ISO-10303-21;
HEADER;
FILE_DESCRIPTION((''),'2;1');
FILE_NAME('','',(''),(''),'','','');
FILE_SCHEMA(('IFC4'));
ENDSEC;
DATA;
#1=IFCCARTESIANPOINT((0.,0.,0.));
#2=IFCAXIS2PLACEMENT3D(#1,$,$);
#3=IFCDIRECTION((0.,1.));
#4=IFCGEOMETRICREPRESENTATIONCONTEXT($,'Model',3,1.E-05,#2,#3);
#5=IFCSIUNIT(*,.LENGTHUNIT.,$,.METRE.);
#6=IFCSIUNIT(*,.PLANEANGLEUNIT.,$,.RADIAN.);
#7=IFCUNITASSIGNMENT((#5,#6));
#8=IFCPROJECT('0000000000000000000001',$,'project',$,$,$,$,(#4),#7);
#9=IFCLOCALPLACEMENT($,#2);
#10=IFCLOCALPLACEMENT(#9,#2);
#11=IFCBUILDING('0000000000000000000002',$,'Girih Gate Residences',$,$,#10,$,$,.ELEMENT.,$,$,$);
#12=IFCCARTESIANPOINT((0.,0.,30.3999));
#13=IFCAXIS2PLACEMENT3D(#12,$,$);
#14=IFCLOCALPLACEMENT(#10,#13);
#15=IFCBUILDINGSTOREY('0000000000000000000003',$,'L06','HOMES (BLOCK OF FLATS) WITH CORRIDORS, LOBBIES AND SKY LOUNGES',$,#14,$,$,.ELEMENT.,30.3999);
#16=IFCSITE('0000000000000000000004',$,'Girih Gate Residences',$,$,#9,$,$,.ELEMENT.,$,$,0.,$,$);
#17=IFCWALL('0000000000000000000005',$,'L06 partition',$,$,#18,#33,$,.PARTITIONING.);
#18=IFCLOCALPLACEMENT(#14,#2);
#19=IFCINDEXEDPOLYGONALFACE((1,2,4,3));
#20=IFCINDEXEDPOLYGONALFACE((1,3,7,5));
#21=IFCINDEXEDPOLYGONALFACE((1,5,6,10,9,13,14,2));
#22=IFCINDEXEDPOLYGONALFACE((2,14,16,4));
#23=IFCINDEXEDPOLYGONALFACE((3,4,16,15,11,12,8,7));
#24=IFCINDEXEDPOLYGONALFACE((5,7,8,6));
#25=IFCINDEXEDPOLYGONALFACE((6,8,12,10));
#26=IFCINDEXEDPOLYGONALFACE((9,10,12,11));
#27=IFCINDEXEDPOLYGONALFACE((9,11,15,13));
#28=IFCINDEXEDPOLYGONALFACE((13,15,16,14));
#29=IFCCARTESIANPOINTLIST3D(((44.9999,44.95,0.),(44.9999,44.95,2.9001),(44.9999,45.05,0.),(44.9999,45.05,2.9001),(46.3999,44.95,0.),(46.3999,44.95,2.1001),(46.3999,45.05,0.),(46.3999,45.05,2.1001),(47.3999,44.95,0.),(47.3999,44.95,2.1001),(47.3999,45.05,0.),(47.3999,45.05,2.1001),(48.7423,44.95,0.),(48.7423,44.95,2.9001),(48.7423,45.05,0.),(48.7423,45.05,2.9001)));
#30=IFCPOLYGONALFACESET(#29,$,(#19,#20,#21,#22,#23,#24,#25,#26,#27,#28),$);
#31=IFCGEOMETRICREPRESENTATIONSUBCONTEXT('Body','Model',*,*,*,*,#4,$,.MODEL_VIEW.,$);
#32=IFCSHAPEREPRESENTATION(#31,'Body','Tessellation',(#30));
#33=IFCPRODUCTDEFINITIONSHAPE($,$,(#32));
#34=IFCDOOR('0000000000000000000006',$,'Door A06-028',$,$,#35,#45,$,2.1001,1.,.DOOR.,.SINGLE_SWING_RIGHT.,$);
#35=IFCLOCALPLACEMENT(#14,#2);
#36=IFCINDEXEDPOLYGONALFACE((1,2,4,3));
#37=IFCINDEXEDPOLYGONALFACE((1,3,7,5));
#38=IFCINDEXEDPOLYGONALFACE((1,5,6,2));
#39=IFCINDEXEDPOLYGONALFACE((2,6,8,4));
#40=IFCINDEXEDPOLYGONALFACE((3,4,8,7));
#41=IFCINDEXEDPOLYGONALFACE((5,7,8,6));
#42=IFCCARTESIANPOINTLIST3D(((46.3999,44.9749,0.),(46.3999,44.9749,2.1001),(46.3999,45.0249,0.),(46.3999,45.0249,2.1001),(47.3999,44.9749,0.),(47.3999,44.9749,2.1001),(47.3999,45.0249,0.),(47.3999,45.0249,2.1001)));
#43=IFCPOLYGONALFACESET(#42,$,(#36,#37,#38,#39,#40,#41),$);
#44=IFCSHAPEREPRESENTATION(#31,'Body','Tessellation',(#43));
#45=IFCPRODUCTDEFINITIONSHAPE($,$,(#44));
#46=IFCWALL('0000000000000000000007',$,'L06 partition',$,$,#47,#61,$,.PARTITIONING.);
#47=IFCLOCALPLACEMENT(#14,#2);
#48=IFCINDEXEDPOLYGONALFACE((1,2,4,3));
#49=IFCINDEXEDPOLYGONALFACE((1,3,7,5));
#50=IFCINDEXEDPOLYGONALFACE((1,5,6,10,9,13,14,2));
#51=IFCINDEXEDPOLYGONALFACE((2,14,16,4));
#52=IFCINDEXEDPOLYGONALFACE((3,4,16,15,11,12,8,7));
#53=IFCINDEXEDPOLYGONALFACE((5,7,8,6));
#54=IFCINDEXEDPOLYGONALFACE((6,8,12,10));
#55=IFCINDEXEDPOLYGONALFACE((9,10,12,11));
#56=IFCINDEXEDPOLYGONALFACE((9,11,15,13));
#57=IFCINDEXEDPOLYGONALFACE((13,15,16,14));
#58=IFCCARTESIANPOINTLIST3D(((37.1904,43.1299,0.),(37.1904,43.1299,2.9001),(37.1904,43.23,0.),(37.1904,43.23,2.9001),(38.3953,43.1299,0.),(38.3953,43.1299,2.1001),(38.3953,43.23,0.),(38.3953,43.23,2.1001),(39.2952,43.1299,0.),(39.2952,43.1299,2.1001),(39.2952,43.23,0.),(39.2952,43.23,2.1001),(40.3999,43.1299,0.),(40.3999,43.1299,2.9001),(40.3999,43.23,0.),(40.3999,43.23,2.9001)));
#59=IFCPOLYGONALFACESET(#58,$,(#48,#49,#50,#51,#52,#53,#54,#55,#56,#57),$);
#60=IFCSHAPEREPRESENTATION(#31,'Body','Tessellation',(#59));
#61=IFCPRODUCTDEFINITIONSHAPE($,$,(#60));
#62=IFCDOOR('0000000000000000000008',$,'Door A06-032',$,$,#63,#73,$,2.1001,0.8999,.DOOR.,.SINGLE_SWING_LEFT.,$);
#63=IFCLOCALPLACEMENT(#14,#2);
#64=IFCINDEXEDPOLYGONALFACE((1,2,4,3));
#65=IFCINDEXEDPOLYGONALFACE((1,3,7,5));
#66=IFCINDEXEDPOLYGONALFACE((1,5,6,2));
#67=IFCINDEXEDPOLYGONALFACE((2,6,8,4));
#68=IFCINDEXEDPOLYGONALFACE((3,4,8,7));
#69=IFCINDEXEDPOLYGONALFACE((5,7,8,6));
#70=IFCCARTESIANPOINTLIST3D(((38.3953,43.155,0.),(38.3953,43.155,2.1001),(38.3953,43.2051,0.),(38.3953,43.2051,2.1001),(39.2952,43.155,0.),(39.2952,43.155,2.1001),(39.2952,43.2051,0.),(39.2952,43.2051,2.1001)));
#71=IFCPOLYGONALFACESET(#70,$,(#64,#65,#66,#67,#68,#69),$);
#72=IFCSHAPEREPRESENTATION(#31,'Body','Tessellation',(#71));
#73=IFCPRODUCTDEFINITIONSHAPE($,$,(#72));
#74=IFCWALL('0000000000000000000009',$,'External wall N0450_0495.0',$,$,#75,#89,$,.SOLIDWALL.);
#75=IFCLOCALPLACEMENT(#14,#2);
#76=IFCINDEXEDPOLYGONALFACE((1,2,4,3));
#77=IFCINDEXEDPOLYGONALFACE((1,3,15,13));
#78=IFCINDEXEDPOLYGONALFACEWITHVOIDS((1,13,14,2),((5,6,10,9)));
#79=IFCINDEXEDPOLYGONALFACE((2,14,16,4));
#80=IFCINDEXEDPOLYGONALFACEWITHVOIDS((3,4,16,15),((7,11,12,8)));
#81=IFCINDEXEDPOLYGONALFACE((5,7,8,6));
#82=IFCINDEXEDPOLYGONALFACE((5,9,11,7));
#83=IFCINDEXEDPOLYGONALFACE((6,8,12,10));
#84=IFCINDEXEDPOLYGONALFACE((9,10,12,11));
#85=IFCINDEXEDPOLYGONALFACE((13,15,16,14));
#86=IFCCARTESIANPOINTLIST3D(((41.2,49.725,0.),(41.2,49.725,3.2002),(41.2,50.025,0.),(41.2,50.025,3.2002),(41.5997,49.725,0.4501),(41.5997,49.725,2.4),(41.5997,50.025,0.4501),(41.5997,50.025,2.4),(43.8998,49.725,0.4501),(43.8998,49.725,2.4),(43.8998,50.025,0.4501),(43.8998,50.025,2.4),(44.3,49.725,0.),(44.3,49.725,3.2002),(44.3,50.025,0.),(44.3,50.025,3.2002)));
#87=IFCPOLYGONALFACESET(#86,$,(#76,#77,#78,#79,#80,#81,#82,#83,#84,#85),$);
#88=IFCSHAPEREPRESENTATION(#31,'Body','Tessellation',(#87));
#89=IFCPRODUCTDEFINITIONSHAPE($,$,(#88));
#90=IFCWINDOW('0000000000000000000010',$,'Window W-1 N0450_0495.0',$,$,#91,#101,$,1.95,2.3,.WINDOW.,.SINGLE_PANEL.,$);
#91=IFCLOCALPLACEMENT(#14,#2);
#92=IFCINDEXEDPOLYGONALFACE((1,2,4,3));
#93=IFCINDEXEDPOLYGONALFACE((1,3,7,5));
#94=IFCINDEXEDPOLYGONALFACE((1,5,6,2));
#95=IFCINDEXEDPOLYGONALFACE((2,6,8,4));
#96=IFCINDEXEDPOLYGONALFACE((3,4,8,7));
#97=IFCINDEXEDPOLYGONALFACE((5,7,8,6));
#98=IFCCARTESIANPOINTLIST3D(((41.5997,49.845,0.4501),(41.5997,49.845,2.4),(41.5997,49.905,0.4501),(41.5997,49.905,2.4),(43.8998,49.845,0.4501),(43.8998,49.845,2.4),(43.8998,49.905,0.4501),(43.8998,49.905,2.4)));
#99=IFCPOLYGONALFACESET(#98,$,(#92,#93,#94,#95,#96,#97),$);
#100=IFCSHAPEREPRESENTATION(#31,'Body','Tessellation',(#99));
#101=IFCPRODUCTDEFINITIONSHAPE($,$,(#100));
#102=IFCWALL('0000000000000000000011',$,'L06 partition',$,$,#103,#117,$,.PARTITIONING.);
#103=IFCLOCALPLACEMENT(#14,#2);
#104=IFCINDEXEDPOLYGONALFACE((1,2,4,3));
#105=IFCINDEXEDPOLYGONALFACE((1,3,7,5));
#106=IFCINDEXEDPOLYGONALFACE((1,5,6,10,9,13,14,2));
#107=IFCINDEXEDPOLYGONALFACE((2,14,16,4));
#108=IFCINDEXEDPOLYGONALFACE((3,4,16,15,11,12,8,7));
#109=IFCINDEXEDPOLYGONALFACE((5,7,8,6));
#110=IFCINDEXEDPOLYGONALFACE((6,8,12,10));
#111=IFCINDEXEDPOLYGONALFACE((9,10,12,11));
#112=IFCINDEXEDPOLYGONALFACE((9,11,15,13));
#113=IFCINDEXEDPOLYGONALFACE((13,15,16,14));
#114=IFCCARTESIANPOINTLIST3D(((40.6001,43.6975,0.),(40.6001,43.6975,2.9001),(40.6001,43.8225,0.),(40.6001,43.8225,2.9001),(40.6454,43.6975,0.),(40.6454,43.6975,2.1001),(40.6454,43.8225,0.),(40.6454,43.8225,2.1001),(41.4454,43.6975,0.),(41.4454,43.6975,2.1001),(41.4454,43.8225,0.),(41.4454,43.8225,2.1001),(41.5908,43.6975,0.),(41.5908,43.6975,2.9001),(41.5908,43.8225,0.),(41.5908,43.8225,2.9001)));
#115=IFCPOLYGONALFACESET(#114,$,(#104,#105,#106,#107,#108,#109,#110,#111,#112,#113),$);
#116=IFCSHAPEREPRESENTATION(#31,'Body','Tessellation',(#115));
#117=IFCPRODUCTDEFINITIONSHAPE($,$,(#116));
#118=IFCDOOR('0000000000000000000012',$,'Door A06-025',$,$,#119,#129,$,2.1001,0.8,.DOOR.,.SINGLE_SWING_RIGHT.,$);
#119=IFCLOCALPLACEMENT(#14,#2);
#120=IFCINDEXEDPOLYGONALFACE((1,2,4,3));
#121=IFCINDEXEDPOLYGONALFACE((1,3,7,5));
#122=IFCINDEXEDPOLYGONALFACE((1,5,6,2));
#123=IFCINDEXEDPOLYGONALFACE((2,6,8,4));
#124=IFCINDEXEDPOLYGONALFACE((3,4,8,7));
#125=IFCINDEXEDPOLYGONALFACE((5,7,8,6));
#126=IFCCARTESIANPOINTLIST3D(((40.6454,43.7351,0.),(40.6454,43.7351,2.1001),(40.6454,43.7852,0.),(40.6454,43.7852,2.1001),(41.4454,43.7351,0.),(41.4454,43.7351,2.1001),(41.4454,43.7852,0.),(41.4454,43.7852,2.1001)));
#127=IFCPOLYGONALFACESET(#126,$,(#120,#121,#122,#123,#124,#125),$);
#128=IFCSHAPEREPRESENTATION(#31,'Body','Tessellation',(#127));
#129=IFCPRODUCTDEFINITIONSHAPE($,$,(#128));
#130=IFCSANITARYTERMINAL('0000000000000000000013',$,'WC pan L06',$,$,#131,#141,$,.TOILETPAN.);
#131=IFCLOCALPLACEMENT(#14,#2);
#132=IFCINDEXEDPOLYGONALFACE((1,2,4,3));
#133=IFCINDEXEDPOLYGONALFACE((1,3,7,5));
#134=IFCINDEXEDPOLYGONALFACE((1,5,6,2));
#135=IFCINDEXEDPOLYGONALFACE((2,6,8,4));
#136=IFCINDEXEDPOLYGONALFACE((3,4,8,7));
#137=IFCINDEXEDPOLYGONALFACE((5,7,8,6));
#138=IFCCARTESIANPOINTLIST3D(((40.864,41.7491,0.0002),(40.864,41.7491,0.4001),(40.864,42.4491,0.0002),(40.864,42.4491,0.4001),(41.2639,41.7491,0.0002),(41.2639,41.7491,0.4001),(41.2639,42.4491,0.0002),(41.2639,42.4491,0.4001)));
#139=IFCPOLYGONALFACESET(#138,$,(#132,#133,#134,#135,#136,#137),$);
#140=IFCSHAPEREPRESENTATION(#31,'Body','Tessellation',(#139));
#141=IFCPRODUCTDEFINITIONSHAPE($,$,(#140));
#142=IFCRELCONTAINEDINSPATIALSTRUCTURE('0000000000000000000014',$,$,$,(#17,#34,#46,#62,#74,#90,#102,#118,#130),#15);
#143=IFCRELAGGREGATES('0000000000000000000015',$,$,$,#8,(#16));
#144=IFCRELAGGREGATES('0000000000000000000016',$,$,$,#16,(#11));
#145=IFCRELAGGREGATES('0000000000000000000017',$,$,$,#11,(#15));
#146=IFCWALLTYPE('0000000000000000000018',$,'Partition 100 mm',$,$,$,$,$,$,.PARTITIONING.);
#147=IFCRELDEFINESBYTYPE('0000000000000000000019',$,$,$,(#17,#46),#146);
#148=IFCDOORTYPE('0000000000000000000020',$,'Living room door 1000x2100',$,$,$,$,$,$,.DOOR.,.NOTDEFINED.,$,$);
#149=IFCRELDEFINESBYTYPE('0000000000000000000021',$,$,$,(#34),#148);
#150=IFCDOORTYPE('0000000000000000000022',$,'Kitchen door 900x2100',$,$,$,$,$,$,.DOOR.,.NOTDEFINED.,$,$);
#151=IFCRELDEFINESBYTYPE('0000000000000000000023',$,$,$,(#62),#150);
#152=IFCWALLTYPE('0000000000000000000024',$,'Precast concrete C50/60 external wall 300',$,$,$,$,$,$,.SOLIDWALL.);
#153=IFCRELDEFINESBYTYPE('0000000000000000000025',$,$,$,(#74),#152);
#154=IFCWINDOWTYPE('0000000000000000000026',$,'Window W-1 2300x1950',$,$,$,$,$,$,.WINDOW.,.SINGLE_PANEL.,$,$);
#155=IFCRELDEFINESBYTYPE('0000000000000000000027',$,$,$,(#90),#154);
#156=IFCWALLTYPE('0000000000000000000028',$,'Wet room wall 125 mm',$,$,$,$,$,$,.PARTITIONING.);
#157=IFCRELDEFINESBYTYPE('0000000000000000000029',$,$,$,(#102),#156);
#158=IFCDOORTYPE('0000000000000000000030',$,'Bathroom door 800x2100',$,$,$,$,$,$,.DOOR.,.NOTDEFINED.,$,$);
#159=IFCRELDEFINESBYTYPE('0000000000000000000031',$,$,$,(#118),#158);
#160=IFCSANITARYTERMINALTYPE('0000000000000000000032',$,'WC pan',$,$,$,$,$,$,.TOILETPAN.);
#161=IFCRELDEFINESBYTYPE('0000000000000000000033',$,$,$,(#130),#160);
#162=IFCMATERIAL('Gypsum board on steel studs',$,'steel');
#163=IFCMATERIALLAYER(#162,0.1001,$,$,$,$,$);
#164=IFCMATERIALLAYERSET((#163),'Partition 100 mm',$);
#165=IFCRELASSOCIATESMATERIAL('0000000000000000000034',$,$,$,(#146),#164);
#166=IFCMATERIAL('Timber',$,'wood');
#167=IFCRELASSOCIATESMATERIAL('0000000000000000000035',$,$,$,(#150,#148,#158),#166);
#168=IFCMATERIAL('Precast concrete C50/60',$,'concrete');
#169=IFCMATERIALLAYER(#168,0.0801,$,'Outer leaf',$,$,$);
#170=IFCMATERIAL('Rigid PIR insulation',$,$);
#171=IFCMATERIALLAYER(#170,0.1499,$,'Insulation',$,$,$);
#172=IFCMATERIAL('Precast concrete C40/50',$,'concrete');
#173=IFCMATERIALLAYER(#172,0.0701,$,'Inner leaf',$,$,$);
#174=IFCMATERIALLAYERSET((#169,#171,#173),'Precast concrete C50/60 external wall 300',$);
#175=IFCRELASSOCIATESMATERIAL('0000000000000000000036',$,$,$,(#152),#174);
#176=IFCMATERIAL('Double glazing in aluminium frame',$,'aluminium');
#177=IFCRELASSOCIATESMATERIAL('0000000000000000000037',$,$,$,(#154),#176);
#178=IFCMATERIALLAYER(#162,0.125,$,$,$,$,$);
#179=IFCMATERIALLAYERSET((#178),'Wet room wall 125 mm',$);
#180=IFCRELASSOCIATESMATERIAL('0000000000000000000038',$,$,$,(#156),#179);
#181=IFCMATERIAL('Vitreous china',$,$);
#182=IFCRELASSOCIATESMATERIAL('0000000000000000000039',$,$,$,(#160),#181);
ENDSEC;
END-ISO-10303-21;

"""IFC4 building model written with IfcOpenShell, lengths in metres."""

from ifc_helpers import new_model, si_unit, direction, frame, frame_2d, origin, origin_2d, place, context, subcontext, project, spatial, rectangle, extrude, material, layer, layer_set, type_object, element, fill, save


model = new_model("IFC4")

# Units and contexts
model_context = context("Model", 3, precision=1e-05, world=origin(), true_north=direction((0.0, 1.0)))
body_context = subcontext(model_context, "Body", "Model", "MODEL_VIEW")
ifc_project = project(units=[si_unit("LENGTHUNIT", "METRE"), si_unit("PLANEANGLEUNIT", "RADIAN")], contexts=[model_context])

# Site, building, storey
site_placement = place(None, origin())
site = spatial("IfcSite", under=ifc_project, at=site_placement, Name="Girih Gate Residences", CompositionType="ELEMENT", RefElevation=0.0)
building_placement = place(site_placement, origin())
building = spatial("IfcBuilding", under=site, at=building_placement, Name="Girih Gate Residences", CompositionType="ELEMENT")
storey_placement = place(building_placement, frame((0.0, 0.0, 30.3999)))
storey = spatial("IfcBuildingStorey", under=building, at=storey_placement, Name="L06", Description="HOMES (BLOCK OF FLATS) WITH CORRIDORS, LOBBIES AND SKY LOUNGES", CompositionType="ELEMENT", Elevation=30.3999)

# Shared definitions
ifc_material_1 = material(Name="Gypsum board on steel studs", Category="steel")
ifc_layer_1 = layer(ifc_material_1, 0.1001)
ifc_layer_set_1 = layer_set([ifc_layer_1], Name="Partition 100 mm")
wall_type_1 = type_object("IfcWallType", Name="Partition 100 mm", PredefinedType="PARTITIONING", material=ifc_layer_set_1)
ifc_material_2 = material(Name="Timber", Category="wood")

# Walls, openings, doors
door_type_1 = type_object("IfcDoorType", Name="Kitchen door 900x2100", OperationType="NOTDEFINED", PredefinedType="DOOR", material=ifc_material_2)
wall_1_placement = place(storey_placement, frame((45.0, 45.0, 0.0), z_axis=(0.0, 0.0, 1.0), x_axis=(1.0, 0.0, 0.0)))
wall_1 = element("IfcWall", 1, at=wall_1_placement, inside=storey, type_object=wall_type_1, Name="L06 partition", PredefinedType="PARTITIONING", context=body_context, shape_type="SweptSolid", body=[
    extrude(rectangle(XDim=3.7424, YDim=0.1001, at=frame_2d((1.8711, 0.0))), origin(), (0.0, 0.0, 1.0), 2.9001),
])
opening_1_placement = place(wall_1_placement, frame((1.3999, 0.0, 0.0)))
opening_1 = element("IfcOpeningElement", 2, at=opening_1_placement, cuts=wall_1, PredefinedType="OPENING", context=body_context, shape_type="SweptSolid", body=[
    extrude(rectangle(XDim=1.0, YDim=2.1001, at=frame_2d((0.5, 1.05))), frame((0.0, 0.0601, 0.0), z_axis=(0.0, -1.0, 0.0), x_axis=(1.0, 0.0, 0.0)), (0.0, 0.0, 1.0), 0.1201),
])
door_type_2 = type_object("IfcDoorType", Name="Living room door 1000x2100", OperationType="NOTDEFINED", PredefinedType="DOOR", material=ifc_material_2)
door_1_placement = place(opening_1_placement, origin())
door_1 = element("IfcDoor", 3, at=door_1_placement, inside=storey, type_object=door_type_2, Name="Door A06-028", OperationType="SINGLE_SWING_RIGHT", OverallHeight=2.1001, OverallWidth=1.0, PredefinedType="DOOR", context=body_context, shape_type="SweptSolid", body=[
    extrude(rectangle(XDim=1.0, YDim=2.1001, at=frame_2d((0.5, 1.05))), frame((0.0, 0.0249, 0.0), z_axis=(0.0, -1.0, 0.0), x_axis=(1.0, 0.0, 0.0)), (0.0, 0.0, 1.0), 0.05),
])
fill(opening_1, door_1)
wall_2_placement = place(storey_placement, frame((40.3999, 43.1799, 0.0), z_axis=(0.0, 0.0, 1.0), x_axis=(-1.0, 0.0, 0.0)))
wall_2 = element("IfcWall", 4, at=wall_2_placement, inside=storey, type_object=wall_type_1, Name="L06 partition", PredefinedType="PARTITIONING", context=body_context, shape_type="SweptSolid", body=[
    extrude(rectangle(XDim=3.2095, YDim=0.1001, at=frame_2d((1.6047, 0.0))), origin(), (0.0, 0.0, 1.0), 2.9001),
])
opening_2_placement = place(wall_2_placement, frame((1.1047, 0.0, 0.0)))
opening_2 = element("IfcOpeningElement", 5, at=opening_2_placement, cuts=wall_2, PredefinedType="OPENING", context=body_context, shape_type="SweptSolid", body=[
    extrude(rectangle(XDim=0.8999, YDim=2.1001, at=frame_2d((0.45, 1.05))), frame((0.0, 0.0601, 0.0), z_axis=(0.0, -1.0, 0.0), x_axis=(1.0, 0.0, 0.0)), (0.0, 0.0, 1.0), 0.1201),
])
door_2_placement = place(opening_2_placement, origin())
door_2 = element("IfcDoor", 6, at=door_2_placement, inside=storey, type_object=door_type_1, Name="Door A06-032", OperationType="SINGLE_SWING_LEFT", OverallHeight=2.1001, OverallWidth=0.8999, PredefinedType="DOOR", context=body_context, shape_type="SweptSolid", body=[
    extrude(rectangle(XDim=0.8999, YDim=2.1001, at=frame_2d((0.45, 1.05))), frame((0.0, 0.0249, 0.0), z_axis=(0.0, -1.0, 0.0), x_axis=(1.0, 0.0, 0.0)), (0.0, 0.0, 1.0), 0.05),
])
fill(opening_2, door_2)

# Wall, opening, window
ifc_material_3 = material(Name="Precast concrete C50/60", Category="concrete")
ifc_layer_2 = layer(ifc_material_3, 0.0801, Name="Outer leaf")
ifc_material_4 = material(Name="Rigid PIR insulation")
ifc_layer_3 = layer(ifc_material_4, 0.1499, Name="Insulation")
ifc_material_5 = material(Name="Precast concrete C40/50", Category="concrete")
ifc_layer_4 = layer(ifc_material_5, 0.0701, Name="Inner leaf")
ifc_layer_set_2 = layer_set([ifc_layer_2, ifc_layer_3, ifc_layer_4], Name="Precast concrete C50/60 external wall 300")
wall_type_2 = type_object("IfcWallType", Name="Precast concrete C50/60 external wall 300", PredefinedType="SOLIDWALL", material=ifc_layer_set_2)
wall_3_placement = place(storey_placement, frame((41.2, 49.875, 0.0), z_axis=(0.0, 0.0, 1.0), x_axis=(1.0, 0.0, 0.0)))
wall_3 = element("IfcWall", 7, at=wall_3_placement, inside=storey, type_object=wall_type_2, Name="External wall N0450_0495.0", PredefinedType="SOLIDWALL", context=body_context, shape_type="SweptSolid", body=[
    extrude(rectangle(XDim=3.1001, YDim=0.3, at=frame_2d((1.55, 0.0))), origin(), (0.0, 0.0, 1.0), 3.2002),
])
opening_3_placement = place(wall_3_placement, frame((0.3999, 0.0, 0.45)))
opening_3 = element("IfcOpeningElement", 8, at=opening_3_placement, cuts=wall_3, PredefinedType="OPENING", context=body_context, shape_type="SweptSolid", body=[
    extrude(rectangle(XDim=2.3, YDim=1.95, at=frame_2d((1.1499, 0.9751))), frame((0.0, 0.1599, 0.0), z_axis=(0.0, -1.0, 0.0), x_axis=(1.0, 0.0, 0.0)), (0.0, 0.0, 1.0), 0.3201),
])
ifc_material_6 = material(Name="Double glazing in aluminium frame", Category="aluminium")
window_type = type_object("IfcWindowType", Name="Window W-1 2300x1950", PartitioningType="SINGLE_PANEL", PredefinedType="WINDOW", material=ifc_material_6)
window_placement = place(opening_3_placement, origin())
window = element("IfcWindow", 9, at=window_placement, inside=storey, type_object=window_type, Name="Window W-1 N0450_0495.0", OverallHeight=1.95, OverallWidth=2.3, PartitioningType="SINGLE_PANEL", PredefinedType="WINDOW", context=body_context, shape_type="SweptSolid", body=[
    extrude(rectangle(XDim=2.3, YDim=1.95, at=frame_2d((1.1499, 0.9751))), frame((0.0, 0.03, 0.0), z_axis=(0.0, -1.0, 0.0), x_axis=(1.0, 0.0, 0.0)), (0.0, 0.0, 1.0), 0.0601),
])
fill(opening_3, window)

# Wall, opening, door
ifc_layer_5 = layer(ifc_material_1, 0.125)
ifc_layer_set_3 = layer_set([ifc_layer_5], Name="Wet room wall 125 mm")
wall_type_3 = type_object("IfcWallType", Name="Wet room wall 125 mm", PredefinedType="PARTITIONING", material=ifc_layer_set_3)
wall_4_placement = place(storey_placement, frame((41.5908, 43.76, 0.0), z_axis=(0.0, 0.0, 1.0), x_axis=(-1.0, 0.0, 0.0)))
wall_4 = element("IfcWall", 10, at=wall_4_placement, inside=storey, type_object=wall_type_3, Name="L06 partition", PredefinedType="PARTITIONING", context=body_context, shape_type="SweptSolid", body=[
    extrude(rectangle(XDim=0.9907, YDim=0.125, at=frame_2d((0.4954, 0.0))), origin(), (0.0, 0.0, 1.0), 2.9001),
])
opening_4_placement = place(wall_4_placement, frame((0.1455, 0.0, 0.0)))
opening_4 = element("IfcOpeningElement", 11, at=opening_4_placement, cuts=wall_4, PredefinedType="OPENING", context=body_context, shape_type="SweptSolid", body=[
    extrude(rectangle(XDim=0.8, YDim=2.1001, at=frame_2d((0.3999, 1.05))), frame((0.0, 0.0725, 0.0), z_axis=(0.0, -1.0, 0.0), x_axis=(1.0, 0.0, 0.0)), (0.0, 0.0, 1.0), 0.145),
])
door_type_3 = type_object("IfcDoorType", Name="Bathroom door 800x2100", OperationType="NOTDEFINED", PredefinedType="DOOR", material=ifc_material_2)
door_3_placement = place(opening_4_placement, origin())
door_3 = element("IfcDoor", 12, at=door_3_placement, inside=storey, type_object=door_type_3, Name="Door A06-025", OperationType="SINGLE_SWING_RIGHT", OverallHeight=2.1001, OverallWidth=0.8, PredefinedType="DOOR", context=body_context, shape_type="SweptSolid", body=[
    extrude(rectangle(XDim=0.8, YDim=2.1001, at=frame_2d((0.3999, 1.05))), frame((0.0, 0.0249, 0.0), z_axis=(0.0, -1.0, 0.0), x_axis=(1.0, 0.0, 0.0)), (0.0, 0.0, 1.0), 0.05),
])
fill(opening_4, door_3)

# Sanitary terminal
ifc_material_7 = material(Name="Vitreous china")
sanitary_terminal_type = type_object("IfcSanitaryTerminalType", Name="WC pan", PredefinedType="TOILETPAN", material=ifc_material_7)
sanitary_terminal_placement = place(storey_placement, frame((41.064, 42.0991, 0.0002), z_axis=(0.0, 0.0, 1.0), x_axis=(1.0, 0.0, 0.0)))
element("IfcSanitaryTerminal", 13, at=sanitary_terminal_placement, inside=storey, type_object=sanitary_terminal_type, Name="WC pan L06", PredefinedType="TOILETPAN", context=body_context, shape_type="SweptSolid", body=[
    extrude(rectangle(XDim=0.3999, YDim=0.7, at=origin_2d()), origin(), (0.0, 0.0, 1.0), 0.3999),
])

save(model, "model.ifc")
